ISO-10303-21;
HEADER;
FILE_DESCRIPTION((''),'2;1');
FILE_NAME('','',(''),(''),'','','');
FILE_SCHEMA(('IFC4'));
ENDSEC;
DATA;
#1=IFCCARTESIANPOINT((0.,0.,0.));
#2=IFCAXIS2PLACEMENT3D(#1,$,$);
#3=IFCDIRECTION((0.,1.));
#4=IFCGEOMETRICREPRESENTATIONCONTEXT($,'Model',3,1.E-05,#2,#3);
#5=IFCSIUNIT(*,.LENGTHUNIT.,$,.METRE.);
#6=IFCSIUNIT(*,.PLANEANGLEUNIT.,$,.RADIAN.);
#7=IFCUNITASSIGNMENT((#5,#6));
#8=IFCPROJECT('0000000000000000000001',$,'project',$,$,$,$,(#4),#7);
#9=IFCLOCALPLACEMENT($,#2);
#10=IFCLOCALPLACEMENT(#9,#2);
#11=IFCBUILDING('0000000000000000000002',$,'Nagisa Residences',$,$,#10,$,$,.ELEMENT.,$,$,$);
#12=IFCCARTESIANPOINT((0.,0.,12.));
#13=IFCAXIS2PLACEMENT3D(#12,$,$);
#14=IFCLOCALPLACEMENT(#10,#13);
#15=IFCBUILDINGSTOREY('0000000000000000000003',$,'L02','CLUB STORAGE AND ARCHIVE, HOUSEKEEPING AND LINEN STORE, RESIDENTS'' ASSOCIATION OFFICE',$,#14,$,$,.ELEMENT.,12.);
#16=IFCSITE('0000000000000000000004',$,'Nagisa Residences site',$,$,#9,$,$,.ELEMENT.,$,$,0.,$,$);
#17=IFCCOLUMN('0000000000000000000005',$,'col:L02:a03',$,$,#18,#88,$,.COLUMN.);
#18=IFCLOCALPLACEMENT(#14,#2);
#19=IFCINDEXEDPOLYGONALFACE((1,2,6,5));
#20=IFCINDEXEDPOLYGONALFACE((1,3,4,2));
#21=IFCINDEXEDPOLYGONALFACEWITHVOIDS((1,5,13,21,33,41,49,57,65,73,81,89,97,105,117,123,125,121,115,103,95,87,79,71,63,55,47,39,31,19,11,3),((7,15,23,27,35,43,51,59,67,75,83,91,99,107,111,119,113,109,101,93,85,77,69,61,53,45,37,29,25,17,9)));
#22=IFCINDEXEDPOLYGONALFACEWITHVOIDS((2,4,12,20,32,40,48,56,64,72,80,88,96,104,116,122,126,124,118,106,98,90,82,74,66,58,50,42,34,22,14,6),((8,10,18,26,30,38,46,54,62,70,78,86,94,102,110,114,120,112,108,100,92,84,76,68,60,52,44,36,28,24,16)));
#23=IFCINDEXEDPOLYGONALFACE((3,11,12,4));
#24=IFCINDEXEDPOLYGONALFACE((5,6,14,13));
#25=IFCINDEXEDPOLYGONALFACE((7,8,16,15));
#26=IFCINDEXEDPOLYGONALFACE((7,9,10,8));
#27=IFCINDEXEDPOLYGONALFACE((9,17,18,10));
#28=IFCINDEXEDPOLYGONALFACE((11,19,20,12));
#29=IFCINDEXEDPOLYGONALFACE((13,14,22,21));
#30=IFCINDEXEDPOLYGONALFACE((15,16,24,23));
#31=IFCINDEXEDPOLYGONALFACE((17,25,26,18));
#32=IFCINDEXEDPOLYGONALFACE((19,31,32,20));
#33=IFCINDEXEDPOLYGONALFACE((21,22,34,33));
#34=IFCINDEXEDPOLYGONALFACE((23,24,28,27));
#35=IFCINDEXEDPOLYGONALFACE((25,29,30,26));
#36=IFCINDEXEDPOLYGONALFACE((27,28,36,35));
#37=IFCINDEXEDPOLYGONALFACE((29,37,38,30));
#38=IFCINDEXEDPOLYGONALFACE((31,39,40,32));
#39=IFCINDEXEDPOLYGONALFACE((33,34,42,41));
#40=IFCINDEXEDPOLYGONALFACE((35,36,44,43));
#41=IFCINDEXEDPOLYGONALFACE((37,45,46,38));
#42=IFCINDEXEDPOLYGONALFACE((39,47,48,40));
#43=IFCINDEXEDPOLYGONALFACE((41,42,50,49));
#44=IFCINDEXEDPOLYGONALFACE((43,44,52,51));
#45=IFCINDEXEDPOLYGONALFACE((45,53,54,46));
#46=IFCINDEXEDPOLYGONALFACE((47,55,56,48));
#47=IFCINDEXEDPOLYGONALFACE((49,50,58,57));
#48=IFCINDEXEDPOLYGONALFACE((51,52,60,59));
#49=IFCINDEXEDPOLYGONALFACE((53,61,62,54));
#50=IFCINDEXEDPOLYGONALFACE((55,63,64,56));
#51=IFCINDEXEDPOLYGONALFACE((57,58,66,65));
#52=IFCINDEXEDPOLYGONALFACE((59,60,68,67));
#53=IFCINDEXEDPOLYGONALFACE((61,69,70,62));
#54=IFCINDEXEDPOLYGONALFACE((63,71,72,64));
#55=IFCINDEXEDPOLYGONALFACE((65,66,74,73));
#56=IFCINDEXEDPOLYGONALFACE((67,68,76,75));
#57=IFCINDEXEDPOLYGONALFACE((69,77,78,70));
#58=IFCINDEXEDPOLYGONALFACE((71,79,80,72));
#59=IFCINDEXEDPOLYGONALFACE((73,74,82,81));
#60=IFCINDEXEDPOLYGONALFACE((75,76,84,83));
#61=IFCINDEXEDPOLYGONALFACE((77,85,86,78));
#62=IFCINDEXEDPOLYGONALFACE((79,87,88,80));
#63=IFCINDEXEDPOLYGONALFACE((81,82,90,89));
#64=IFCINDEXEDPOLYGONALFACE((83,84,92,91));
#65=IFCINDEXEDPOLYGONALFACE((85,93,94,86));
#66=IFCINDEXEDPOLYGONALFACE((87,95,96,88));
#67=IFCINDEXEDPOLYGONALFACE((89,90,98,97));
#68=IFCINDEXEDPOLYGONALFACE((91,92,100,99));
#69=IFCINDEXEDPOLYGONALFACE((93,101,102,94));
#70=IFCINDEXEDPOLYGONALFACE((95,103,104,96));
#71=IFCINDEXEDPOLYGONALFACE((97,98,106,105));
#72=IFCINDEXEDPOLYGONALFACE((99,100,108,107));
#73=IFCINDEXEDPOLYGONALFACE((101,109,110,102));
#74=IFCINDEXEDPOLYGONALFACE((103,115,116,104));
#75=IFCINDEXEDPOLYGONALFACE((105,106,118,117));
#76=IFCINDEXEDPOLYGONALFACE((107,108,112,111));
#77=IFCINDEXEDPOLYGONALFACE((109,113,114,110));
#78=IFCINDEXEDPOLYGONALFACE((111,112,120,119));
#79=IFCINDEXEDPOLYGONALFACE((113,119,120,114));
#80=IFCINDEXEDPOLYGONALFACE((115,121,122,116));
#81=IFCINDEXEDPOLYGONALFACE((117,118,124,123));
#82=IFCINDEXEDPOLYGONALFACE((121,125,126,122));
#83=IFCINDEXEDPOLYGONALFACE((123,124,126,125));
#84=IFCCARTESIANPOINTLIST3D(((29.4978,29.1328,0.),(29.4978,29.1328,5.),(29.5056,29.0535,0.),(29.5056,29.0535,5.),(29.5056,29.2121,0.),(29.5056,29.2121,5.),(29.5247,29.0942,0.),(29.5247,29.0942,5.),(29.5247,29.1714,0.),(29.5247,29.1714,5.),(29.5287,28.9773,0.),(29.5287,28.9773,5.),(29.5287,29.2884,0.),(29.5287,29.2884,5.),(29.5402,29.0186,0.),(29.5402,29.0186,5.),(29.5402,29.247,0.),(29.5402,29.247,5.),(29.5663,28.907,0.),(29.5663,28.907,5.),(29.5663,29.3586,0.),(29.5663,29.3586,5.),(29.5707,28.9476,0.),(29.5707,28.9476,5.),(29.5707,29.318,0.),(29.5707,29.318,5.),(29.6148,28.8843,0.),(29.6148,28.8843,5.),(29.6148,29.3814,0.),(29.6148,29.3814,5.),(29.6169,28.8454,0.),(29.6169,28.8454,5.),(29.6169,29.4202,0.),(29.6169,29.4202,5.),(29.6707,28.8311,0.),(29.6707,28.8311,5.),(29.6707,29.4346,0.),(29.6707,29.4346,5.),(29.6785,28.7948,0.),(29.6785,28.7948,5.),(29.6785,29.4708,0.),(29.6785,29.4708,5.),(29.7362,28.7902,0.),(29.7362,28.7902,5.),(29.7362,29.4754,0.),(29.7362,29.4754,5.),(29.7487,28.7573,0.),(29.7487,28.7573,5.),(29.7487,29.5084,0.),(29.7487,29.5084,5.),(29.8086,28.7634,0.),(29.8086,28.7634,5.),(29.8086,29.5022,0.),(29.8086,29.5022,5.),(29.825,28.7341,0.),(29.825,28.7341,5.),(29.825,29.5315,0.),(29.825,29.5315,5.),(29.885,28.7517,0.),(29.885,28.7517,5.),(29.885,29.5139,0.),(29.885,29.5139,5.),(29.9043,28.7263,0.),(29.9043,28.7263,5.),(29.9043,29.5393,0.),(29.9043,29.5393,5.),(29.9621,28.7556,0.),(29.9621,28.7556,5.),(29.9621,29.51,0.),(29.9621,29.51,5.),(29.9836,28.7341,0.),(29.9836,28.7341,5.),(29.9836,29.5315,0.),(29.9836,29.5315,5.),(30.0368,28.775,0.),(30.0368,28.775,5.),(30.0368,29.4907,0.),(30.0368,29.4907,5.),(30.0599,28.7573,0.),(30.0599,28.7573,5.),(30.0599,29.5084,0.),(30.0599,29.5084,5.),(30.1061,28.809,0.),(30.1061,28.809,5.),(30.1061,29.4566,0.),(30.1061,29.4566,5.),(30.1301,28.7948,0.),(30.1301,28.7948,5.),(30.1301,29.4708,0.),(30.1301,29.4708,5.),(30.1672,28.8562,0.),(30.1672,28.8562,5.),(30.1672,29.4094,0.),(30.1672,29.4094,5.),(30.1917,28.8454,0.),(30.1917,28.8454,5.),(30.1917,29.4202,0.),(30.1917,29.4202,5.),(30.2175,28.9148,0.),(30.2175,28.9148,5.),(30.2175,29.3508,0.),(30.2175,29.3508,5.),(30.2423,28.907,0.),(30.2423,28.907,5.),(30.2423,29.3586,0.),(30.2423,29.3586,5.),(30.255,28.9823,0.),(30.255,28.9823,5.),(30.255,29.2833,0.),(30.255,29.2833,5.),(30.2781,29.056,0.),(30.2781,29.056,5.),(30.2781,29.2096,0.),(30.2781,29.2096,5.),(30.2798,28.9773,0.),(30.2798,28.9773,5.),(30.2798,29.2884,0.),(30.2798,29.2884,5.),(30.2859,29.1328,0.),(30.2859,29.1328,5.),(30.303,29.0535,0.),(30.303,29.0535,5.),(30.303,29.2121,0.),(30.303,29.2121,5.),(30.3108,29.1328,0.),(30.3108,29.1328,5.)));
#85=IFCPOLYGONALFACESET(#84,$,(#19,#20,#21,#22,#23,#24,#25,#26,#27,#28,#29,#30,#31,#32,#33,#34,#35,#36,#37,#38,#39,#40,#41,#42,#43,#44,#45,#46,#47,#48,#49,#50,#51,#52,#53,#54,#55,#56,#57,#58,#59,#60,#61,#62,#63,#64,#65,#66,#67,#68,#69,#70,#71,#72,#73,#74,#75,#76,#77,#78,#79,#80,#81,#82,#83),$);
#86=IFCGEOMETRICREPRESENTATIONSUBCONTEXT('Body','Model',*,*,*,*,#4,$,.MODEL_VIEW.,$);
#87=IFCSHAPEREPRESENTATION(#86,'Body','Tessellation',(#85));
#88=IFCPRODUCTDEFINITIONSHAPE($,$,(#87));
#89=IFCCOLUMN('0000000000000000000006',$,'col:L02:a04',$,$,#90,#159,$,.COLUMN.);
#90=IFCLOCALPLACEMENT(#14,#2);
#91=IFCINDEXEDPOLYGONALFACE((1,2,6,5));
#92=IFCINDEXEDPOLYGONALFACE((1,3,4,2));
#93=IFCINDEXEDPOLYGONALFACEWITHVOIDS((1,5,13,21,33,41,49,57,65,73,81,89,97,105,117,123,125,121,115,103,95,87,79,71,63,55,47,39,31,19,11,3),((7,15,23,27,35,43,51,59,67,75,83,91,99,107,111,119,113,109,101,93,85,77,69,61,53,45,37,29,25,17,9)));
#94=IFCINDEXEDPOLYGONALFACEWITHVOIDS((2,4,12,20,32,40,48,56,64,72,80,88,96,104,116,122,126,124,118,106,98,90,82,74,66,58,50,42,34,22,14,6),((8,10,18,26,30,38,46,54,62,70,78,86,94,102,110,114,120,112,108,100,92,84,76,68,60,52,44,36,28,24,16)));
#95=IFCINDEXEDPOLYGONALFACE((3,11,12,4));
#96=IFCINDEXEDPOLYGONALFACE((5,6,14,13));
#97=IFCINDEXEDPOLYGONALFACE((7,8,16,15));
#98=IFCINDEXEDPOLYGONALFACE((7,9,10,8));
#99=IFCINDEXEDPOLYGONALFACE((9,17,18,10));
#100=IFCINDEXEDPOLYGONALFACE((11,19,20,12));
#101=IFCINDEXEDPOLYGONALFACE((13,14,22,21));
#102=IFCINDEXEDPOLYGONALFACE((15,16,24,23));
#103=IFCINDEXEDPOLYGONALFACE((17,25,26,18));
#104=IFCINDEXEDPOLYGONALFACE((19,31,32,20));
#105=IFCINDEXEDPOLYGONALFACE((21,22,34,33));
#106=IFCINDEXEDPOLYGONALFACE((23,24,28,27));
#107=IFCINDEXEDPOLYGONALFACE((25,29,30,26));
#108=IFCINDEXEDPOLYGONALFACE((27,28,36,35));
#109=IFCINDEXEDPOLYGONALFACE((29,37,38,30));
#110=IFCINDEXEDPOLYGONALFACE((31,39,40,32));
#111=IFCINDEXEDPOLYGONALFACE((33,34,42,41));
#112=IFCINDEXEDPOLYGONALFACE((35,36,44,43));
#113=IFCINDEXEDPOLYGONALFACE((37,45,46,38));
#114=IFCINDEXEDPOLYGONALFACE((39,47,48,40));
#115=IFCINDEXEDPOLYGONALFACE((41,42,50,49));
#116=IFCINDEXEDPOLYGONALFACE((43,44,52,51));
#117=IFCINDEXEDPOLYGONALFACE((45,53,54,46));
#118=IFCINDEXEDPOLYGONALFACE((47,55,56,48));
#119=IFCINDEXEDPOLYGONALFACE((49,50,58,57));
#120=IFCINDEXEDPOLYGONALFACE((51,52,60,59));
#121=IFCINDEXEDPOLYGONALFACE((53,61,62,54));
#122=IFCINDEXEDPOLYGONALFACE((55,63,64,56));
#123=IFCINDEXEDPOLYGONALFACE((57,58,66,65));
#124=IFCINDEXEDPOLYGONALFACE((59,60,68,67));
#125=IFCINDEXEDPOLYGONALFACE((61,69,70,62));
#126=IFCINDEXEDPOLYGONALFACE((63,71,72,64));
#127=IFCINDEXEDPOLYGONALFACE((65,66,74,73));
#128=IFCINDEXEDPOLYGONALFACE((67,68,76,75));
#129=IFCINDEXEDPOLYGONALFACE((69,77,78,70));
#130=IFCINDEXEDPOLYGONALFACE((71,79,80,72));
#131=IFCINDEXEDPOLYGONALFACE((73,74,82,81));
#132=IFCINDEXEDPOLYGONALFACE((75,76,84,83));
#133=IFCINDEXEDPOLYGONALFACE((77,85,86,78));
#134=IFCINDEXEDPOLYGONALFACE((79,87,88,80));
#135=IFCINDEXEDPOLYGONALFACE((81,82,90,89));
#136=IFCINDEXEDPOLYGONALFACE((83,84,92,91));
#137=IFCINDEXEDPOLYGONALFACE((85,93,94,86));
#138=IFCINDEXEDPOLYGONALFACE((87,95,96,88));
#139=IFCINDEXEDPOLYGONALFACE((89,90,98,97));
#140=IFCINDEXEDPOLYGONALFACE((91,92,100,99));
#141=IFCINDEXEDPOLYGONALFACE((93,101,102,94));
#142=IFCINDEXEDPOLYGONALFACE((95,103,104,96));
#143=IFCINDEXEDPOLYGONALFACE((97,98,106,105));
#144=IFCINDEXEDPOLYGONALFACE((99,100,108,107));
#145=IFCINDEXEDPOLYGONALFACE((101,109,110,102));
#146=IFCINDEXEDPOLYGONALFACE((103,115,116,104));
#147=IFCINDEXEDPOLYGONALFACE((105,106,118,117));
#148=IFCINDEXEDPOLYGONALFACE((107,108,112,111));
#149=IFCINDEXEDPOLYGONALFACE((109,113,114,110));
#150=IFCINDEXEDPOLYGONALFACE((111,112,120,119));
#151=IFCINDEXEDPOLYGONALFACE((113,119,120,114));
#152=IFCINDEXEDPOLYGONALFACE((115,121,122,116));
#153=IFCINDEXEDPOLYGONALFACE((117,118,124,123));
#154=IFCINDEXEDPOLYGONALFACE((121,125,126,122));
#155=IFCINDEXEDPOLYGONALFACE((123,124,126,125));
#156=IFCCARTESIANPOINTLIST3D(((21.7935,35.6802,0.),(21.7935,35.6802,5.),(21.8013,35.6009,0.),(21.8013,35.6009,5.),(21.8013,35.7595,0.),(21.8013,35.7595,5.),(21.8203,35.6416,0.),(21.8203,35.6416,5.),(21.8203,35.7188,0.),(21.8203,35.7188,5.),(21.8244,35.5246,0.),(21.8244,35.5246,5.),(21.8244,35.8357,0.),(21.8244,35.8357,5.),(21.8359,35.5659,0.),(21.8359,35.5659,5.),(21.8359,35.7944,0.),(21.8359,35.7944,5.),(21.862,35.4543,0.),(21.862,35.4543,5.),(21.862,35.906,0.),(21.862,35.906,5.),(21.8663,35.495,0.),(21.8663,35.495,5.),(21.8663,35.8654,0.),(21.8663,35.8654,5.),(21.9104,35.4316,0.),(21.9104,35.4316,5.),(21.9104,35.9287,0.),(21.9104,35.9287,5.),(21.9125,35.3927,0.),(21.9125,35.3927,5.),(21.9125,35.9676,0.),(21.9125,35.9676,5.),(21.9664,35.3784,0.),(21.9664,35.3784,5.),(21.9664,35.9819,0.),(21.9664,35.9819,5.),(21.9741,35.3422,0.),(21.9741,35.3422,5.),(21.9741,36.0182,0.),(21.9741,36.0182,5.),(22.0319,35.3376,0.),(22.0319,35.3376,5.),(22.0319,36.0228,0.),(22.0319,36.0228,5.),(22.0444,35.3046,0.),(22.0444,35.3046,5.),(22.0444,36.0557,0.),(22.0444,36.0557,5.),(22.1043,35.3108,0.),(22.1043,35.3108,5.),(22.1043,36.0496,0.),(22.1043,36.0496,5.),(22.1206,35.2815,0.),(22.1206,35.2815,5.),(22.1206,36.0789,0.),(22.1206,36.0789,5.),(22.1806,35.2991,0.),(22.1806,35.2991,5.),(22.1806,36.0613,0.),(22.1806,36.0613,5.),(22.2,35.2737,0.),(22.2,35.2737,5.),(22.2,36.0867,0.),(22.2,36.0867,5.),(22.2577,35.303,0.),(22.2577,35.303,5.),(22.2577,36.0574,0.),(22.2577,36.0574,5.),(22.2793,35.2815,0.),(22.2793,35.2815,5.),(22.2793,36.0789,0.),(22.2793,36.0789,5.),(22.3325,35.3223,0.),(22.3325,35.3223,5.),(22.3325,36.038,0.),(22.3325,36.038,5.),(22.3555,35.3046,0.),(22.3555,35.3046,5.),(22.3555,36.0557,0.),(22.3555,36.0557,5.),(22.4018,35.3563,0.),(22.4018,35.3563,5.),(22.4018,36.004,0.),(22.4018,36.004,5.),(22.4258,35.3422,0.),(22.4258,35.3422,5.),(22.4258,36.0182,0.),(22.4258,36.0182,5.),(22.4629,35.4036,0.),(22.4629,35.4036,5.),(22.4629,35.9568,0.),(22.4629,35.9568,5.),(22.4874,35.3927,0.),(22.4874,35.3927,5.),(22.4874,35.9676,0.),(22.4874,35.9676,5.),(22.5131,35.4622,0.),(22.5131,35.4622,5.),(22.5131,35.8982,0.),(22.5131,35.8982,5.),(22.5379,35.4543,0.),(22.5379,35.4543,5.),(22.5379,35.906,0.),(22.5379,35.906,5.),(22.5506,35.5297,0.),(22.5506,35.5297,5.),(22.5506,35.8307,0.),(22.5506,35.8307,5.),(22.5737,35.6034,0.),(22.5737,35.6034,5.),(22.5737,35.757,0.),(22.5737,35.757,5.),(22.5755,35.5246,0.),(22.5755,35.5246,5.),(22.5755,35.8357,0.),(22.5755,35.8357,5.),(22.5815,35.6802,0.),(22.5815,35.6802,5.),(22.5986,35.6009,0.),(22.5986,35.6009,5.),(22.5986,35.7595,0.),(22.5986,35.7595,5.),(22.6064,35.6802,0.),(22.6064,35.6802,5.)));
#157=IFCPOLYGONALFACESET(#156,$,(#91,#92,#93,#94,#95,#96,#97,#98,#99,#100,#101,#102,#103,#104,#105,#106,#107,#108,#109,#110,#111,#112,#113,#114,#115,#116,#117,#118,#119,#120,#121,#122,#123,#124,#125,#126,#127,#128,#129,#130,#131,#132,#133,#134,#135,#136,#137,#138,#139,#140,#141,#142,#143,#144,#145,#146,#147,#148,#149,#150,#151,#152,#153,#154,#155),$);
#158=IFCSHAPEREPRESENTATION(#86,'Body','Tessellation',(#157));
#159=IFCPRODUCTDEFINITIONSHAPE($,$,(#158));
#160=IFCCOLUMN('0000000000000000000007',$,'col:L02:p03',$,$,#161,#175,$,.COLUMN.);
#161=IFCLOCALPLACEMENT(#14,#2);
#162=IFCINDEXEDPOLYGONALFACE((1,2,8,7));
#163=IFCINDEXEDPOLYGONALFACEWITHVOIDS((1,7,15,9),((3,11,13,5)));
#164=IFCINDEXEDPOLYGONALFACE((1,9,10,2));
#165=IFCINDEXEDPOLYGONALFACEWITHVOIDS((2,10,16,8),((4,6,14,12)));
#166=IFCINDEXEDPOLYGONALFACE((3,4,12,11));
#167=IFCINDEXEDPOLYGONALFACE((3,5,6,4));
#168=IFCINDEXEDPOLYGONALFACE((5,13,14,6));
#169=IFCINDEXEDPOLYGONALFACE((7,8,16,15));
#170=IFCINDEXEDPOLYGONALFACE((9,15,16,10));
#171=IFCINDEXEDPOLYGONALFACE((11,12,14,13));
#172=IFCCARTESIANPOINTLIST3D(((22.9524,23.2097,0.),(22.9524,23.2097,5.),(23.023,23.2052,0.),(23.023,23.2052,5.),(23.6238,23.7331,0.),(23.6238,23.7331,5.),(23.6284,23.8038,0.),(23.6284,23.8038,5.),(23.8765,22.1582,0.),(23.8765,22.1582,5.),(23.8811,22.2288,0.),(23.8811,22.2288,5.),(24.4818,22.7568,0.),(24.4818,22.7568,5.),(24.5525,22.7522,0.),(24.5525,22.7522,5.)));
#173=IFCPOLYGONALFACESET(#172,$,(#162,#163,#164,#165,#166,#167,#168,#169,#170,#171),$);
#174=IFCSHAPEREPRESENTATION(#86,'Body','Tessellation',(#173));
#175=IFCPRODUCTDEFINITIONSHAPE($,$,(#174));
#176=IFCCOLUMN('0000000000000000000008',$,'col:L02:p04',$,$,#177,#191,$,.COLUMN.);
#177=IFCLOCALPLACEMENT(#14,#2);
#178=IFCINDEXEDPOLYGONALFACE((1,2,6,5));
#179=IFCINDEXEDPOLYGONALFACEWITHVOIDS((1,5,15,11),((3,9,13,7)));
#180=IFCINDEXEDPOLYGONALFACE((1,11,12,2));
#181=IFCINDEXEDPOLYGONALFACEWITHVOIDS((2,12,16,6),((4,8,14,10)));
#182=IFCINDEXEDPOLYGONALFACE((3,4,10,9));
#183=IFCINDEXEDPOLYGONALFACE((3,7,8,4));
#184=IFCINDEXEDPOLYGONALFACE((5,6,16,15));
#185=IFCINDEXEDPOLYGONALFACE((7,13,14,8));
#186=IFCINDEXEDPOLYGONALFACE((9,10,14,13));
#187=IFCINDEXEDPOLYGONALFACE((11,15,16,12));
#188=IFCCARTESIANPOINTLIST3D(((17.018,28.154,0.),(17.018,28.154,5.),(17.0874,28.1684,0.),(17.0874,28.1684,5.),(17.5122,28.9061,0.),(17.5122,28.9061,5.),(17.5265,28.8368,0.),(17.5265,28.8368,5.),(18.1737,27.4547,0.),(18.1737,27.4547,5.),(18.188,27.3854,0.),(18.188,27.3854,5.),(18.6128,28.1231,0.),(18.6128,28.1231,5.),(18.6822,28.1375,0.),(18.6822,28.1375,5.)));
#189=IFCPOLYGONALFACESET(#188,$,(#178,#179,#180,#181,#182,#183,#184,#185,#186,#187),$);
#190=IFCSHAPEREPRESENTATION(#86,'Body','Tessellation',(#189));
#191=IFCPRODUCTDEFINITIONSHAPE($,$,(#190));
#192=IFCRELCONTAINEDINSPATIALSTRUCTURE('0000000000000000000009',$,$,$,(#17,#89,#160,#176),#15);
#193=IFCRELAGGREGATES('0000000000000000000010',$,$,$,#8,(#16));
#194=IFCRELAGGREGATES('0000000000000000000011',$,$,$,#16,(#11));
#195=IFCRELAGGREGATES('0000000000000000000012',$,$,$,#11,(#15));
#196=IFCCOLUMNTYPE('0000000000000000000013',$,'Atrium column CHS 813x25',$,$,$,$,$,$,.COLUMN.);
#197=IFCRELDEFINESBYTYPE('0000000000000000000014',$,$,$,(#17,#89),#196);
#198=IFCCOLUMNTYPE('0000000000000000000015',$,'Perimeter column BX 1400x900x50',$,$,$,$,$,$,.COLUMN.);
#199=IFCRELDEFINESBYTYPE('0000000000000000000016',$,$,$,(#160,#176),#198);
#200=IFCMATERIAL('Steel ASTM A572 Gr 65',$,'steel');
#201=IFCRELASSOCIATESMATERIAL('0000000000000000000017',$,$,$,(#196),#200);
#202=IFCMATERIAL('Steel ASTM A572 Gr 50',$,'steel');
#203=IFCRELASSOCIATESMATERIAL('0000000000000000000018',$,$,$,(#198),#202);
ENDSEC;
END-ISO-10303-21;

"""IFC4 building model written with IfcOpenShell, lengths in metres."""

from ifc_helpers import new_model, si_unit, direction, frame, origin, origin_2d, place, context, subcontext, project, spatial, hollow_rectangle, hollow_circle, extrude, material, material_profile, profile_set, type_object, element, save


model = new_model("IFC4")

# Units and contexts
model_context = context("Model", 3, precision=1e-05, world=origin(), true_north=direction((0.0, 1.0)))
body_context = subcontext(model_context, "Body", "Model", "MODEL_VIEW")
ifc_project = project(units=[si_unit("LENGTHUNIT", "METRE"), si_unit("PLANEANGLEUNIT", "RADIAN")], contexts=[model_context])

# Site, building, storey
site_placement = place(None, origin())
site = spatial("IfcSite", under=ifc_project, at=site_placement, Name="Nagisa Residences site", CompositionType="ELEMENT", RefElevation=0.0)
building_placement = place(site_placement, origin())
building = spatial("IfcBuilding", under=site, at=building_placement, Name="Nagisa Residences", CompositionType="ELEMENT")
storey_placement = place(building_placement, frame((0.0, 0.0, 12.0)))
storey = spatial("IfcBuildingStorey", under=building, at=storey_placement, Name="L02", Description="CLUB STORAGE AND ARCHIVE, HOUSEKEEPING AND LINEN STORE, RESIDENTS' ASSOCIATION OFFICE", CompositionType="ELEMENT", Elevation=12.0)

# Columns
ifc_material_1 = material(Name="Steel ASTM A572 Gr 65", Category="steel")
ifc_material_profile_1 = material_profile(ifc_material_1, hollow_circle(Radius=0.4065, WallThickness=0.0249, at=origin_2d()), Name="CHS 813x25")
ifc_profile_set_1 = profile_set([ifc_material_profile_1], Name="Steel ASTM A572 Gr 65")
column_type_1 = type_object("IfcColumnType", Name="Atrium column CHS 813x25", PredefinedType="COLUMN", material=ifc_profile_set_1)
for number, where, z_axis, x_axis, name in (
    (1, (29.9043, 29.1328, 0.0), (0.0, 0.0, 1.0), (1.0, 0.0, 0.0), "col:L02:a03"),
    (2, (22.2, 35.6802, 0.0), (0.0, 0.0, 1.0), (1.0, 0.0, 0.0), "col:L02:a04"),
):
    element("IfcColumn", number, at=place(storey_placement, frame(where, z_axis=z_axis, x_axis=x_axis)), inside=storey, type_object=column_type_1, Name=name, PredefinedType="COLUMN", context=body_context, shape_type="SweptSolid", body=[
        extrude(hollow_circle(Radius=0.4065, WallThickness=0.0249, at=origin_2d()), origin(), (0.0, 0.0, 1.0), 5.0),
    ])
ifc_material_2 = material(Name="Steel ASTM A572 Gr 50", Category="steel")
ifc_material_profile_2 = material_profile(ifc_material_2, hollow_rectangle(XDim=1.3999, YDim=0.8999, WallThickness=0.05, at=origin_2d()), Name="BX 1400x900x50")
ifc_profile_set_2 = profile_set([ifc_material_profile_2], Name="Steel ASTM A572 Gr 50")
column_type_2 = type_object("IfcColumnType", Name="Perimeter column BX 1400x900x50", PredefinedType="COLUMN", material=ifc_profile_set_2)
for number, where, z_axis, x_axis, name in (
    (3, (23.7524, 22.981, 0.0), (0.0, 0.0, 1.0), (-0.660115, 0.751165, 0.0), "col:L02:p03"),
    (4, (17.8501, 28.1458, 0.0), (0.0, 0.0, 1.0), (-0.835766, 0.549086, 0.0), "col:L02:p04"),
):
    element("IfcColumn", number, at=place(storey_placement, frame(where, z_axis=z_axis, x_axis=x_axis)), inside=storey, type_object=column_type_2, Name=name, PredefinedType="COLUMN", context=body_context, shape_type="SweptSolid", body=[
        extrude(hollow_rectangle(XDim=1.3999, YDim=0.8999, WallThickness=0.05, at=origin_2d()), origin(), (0.0, 0.0, 1.0), 5.0),
    ])

save(model, "model.ifc")
